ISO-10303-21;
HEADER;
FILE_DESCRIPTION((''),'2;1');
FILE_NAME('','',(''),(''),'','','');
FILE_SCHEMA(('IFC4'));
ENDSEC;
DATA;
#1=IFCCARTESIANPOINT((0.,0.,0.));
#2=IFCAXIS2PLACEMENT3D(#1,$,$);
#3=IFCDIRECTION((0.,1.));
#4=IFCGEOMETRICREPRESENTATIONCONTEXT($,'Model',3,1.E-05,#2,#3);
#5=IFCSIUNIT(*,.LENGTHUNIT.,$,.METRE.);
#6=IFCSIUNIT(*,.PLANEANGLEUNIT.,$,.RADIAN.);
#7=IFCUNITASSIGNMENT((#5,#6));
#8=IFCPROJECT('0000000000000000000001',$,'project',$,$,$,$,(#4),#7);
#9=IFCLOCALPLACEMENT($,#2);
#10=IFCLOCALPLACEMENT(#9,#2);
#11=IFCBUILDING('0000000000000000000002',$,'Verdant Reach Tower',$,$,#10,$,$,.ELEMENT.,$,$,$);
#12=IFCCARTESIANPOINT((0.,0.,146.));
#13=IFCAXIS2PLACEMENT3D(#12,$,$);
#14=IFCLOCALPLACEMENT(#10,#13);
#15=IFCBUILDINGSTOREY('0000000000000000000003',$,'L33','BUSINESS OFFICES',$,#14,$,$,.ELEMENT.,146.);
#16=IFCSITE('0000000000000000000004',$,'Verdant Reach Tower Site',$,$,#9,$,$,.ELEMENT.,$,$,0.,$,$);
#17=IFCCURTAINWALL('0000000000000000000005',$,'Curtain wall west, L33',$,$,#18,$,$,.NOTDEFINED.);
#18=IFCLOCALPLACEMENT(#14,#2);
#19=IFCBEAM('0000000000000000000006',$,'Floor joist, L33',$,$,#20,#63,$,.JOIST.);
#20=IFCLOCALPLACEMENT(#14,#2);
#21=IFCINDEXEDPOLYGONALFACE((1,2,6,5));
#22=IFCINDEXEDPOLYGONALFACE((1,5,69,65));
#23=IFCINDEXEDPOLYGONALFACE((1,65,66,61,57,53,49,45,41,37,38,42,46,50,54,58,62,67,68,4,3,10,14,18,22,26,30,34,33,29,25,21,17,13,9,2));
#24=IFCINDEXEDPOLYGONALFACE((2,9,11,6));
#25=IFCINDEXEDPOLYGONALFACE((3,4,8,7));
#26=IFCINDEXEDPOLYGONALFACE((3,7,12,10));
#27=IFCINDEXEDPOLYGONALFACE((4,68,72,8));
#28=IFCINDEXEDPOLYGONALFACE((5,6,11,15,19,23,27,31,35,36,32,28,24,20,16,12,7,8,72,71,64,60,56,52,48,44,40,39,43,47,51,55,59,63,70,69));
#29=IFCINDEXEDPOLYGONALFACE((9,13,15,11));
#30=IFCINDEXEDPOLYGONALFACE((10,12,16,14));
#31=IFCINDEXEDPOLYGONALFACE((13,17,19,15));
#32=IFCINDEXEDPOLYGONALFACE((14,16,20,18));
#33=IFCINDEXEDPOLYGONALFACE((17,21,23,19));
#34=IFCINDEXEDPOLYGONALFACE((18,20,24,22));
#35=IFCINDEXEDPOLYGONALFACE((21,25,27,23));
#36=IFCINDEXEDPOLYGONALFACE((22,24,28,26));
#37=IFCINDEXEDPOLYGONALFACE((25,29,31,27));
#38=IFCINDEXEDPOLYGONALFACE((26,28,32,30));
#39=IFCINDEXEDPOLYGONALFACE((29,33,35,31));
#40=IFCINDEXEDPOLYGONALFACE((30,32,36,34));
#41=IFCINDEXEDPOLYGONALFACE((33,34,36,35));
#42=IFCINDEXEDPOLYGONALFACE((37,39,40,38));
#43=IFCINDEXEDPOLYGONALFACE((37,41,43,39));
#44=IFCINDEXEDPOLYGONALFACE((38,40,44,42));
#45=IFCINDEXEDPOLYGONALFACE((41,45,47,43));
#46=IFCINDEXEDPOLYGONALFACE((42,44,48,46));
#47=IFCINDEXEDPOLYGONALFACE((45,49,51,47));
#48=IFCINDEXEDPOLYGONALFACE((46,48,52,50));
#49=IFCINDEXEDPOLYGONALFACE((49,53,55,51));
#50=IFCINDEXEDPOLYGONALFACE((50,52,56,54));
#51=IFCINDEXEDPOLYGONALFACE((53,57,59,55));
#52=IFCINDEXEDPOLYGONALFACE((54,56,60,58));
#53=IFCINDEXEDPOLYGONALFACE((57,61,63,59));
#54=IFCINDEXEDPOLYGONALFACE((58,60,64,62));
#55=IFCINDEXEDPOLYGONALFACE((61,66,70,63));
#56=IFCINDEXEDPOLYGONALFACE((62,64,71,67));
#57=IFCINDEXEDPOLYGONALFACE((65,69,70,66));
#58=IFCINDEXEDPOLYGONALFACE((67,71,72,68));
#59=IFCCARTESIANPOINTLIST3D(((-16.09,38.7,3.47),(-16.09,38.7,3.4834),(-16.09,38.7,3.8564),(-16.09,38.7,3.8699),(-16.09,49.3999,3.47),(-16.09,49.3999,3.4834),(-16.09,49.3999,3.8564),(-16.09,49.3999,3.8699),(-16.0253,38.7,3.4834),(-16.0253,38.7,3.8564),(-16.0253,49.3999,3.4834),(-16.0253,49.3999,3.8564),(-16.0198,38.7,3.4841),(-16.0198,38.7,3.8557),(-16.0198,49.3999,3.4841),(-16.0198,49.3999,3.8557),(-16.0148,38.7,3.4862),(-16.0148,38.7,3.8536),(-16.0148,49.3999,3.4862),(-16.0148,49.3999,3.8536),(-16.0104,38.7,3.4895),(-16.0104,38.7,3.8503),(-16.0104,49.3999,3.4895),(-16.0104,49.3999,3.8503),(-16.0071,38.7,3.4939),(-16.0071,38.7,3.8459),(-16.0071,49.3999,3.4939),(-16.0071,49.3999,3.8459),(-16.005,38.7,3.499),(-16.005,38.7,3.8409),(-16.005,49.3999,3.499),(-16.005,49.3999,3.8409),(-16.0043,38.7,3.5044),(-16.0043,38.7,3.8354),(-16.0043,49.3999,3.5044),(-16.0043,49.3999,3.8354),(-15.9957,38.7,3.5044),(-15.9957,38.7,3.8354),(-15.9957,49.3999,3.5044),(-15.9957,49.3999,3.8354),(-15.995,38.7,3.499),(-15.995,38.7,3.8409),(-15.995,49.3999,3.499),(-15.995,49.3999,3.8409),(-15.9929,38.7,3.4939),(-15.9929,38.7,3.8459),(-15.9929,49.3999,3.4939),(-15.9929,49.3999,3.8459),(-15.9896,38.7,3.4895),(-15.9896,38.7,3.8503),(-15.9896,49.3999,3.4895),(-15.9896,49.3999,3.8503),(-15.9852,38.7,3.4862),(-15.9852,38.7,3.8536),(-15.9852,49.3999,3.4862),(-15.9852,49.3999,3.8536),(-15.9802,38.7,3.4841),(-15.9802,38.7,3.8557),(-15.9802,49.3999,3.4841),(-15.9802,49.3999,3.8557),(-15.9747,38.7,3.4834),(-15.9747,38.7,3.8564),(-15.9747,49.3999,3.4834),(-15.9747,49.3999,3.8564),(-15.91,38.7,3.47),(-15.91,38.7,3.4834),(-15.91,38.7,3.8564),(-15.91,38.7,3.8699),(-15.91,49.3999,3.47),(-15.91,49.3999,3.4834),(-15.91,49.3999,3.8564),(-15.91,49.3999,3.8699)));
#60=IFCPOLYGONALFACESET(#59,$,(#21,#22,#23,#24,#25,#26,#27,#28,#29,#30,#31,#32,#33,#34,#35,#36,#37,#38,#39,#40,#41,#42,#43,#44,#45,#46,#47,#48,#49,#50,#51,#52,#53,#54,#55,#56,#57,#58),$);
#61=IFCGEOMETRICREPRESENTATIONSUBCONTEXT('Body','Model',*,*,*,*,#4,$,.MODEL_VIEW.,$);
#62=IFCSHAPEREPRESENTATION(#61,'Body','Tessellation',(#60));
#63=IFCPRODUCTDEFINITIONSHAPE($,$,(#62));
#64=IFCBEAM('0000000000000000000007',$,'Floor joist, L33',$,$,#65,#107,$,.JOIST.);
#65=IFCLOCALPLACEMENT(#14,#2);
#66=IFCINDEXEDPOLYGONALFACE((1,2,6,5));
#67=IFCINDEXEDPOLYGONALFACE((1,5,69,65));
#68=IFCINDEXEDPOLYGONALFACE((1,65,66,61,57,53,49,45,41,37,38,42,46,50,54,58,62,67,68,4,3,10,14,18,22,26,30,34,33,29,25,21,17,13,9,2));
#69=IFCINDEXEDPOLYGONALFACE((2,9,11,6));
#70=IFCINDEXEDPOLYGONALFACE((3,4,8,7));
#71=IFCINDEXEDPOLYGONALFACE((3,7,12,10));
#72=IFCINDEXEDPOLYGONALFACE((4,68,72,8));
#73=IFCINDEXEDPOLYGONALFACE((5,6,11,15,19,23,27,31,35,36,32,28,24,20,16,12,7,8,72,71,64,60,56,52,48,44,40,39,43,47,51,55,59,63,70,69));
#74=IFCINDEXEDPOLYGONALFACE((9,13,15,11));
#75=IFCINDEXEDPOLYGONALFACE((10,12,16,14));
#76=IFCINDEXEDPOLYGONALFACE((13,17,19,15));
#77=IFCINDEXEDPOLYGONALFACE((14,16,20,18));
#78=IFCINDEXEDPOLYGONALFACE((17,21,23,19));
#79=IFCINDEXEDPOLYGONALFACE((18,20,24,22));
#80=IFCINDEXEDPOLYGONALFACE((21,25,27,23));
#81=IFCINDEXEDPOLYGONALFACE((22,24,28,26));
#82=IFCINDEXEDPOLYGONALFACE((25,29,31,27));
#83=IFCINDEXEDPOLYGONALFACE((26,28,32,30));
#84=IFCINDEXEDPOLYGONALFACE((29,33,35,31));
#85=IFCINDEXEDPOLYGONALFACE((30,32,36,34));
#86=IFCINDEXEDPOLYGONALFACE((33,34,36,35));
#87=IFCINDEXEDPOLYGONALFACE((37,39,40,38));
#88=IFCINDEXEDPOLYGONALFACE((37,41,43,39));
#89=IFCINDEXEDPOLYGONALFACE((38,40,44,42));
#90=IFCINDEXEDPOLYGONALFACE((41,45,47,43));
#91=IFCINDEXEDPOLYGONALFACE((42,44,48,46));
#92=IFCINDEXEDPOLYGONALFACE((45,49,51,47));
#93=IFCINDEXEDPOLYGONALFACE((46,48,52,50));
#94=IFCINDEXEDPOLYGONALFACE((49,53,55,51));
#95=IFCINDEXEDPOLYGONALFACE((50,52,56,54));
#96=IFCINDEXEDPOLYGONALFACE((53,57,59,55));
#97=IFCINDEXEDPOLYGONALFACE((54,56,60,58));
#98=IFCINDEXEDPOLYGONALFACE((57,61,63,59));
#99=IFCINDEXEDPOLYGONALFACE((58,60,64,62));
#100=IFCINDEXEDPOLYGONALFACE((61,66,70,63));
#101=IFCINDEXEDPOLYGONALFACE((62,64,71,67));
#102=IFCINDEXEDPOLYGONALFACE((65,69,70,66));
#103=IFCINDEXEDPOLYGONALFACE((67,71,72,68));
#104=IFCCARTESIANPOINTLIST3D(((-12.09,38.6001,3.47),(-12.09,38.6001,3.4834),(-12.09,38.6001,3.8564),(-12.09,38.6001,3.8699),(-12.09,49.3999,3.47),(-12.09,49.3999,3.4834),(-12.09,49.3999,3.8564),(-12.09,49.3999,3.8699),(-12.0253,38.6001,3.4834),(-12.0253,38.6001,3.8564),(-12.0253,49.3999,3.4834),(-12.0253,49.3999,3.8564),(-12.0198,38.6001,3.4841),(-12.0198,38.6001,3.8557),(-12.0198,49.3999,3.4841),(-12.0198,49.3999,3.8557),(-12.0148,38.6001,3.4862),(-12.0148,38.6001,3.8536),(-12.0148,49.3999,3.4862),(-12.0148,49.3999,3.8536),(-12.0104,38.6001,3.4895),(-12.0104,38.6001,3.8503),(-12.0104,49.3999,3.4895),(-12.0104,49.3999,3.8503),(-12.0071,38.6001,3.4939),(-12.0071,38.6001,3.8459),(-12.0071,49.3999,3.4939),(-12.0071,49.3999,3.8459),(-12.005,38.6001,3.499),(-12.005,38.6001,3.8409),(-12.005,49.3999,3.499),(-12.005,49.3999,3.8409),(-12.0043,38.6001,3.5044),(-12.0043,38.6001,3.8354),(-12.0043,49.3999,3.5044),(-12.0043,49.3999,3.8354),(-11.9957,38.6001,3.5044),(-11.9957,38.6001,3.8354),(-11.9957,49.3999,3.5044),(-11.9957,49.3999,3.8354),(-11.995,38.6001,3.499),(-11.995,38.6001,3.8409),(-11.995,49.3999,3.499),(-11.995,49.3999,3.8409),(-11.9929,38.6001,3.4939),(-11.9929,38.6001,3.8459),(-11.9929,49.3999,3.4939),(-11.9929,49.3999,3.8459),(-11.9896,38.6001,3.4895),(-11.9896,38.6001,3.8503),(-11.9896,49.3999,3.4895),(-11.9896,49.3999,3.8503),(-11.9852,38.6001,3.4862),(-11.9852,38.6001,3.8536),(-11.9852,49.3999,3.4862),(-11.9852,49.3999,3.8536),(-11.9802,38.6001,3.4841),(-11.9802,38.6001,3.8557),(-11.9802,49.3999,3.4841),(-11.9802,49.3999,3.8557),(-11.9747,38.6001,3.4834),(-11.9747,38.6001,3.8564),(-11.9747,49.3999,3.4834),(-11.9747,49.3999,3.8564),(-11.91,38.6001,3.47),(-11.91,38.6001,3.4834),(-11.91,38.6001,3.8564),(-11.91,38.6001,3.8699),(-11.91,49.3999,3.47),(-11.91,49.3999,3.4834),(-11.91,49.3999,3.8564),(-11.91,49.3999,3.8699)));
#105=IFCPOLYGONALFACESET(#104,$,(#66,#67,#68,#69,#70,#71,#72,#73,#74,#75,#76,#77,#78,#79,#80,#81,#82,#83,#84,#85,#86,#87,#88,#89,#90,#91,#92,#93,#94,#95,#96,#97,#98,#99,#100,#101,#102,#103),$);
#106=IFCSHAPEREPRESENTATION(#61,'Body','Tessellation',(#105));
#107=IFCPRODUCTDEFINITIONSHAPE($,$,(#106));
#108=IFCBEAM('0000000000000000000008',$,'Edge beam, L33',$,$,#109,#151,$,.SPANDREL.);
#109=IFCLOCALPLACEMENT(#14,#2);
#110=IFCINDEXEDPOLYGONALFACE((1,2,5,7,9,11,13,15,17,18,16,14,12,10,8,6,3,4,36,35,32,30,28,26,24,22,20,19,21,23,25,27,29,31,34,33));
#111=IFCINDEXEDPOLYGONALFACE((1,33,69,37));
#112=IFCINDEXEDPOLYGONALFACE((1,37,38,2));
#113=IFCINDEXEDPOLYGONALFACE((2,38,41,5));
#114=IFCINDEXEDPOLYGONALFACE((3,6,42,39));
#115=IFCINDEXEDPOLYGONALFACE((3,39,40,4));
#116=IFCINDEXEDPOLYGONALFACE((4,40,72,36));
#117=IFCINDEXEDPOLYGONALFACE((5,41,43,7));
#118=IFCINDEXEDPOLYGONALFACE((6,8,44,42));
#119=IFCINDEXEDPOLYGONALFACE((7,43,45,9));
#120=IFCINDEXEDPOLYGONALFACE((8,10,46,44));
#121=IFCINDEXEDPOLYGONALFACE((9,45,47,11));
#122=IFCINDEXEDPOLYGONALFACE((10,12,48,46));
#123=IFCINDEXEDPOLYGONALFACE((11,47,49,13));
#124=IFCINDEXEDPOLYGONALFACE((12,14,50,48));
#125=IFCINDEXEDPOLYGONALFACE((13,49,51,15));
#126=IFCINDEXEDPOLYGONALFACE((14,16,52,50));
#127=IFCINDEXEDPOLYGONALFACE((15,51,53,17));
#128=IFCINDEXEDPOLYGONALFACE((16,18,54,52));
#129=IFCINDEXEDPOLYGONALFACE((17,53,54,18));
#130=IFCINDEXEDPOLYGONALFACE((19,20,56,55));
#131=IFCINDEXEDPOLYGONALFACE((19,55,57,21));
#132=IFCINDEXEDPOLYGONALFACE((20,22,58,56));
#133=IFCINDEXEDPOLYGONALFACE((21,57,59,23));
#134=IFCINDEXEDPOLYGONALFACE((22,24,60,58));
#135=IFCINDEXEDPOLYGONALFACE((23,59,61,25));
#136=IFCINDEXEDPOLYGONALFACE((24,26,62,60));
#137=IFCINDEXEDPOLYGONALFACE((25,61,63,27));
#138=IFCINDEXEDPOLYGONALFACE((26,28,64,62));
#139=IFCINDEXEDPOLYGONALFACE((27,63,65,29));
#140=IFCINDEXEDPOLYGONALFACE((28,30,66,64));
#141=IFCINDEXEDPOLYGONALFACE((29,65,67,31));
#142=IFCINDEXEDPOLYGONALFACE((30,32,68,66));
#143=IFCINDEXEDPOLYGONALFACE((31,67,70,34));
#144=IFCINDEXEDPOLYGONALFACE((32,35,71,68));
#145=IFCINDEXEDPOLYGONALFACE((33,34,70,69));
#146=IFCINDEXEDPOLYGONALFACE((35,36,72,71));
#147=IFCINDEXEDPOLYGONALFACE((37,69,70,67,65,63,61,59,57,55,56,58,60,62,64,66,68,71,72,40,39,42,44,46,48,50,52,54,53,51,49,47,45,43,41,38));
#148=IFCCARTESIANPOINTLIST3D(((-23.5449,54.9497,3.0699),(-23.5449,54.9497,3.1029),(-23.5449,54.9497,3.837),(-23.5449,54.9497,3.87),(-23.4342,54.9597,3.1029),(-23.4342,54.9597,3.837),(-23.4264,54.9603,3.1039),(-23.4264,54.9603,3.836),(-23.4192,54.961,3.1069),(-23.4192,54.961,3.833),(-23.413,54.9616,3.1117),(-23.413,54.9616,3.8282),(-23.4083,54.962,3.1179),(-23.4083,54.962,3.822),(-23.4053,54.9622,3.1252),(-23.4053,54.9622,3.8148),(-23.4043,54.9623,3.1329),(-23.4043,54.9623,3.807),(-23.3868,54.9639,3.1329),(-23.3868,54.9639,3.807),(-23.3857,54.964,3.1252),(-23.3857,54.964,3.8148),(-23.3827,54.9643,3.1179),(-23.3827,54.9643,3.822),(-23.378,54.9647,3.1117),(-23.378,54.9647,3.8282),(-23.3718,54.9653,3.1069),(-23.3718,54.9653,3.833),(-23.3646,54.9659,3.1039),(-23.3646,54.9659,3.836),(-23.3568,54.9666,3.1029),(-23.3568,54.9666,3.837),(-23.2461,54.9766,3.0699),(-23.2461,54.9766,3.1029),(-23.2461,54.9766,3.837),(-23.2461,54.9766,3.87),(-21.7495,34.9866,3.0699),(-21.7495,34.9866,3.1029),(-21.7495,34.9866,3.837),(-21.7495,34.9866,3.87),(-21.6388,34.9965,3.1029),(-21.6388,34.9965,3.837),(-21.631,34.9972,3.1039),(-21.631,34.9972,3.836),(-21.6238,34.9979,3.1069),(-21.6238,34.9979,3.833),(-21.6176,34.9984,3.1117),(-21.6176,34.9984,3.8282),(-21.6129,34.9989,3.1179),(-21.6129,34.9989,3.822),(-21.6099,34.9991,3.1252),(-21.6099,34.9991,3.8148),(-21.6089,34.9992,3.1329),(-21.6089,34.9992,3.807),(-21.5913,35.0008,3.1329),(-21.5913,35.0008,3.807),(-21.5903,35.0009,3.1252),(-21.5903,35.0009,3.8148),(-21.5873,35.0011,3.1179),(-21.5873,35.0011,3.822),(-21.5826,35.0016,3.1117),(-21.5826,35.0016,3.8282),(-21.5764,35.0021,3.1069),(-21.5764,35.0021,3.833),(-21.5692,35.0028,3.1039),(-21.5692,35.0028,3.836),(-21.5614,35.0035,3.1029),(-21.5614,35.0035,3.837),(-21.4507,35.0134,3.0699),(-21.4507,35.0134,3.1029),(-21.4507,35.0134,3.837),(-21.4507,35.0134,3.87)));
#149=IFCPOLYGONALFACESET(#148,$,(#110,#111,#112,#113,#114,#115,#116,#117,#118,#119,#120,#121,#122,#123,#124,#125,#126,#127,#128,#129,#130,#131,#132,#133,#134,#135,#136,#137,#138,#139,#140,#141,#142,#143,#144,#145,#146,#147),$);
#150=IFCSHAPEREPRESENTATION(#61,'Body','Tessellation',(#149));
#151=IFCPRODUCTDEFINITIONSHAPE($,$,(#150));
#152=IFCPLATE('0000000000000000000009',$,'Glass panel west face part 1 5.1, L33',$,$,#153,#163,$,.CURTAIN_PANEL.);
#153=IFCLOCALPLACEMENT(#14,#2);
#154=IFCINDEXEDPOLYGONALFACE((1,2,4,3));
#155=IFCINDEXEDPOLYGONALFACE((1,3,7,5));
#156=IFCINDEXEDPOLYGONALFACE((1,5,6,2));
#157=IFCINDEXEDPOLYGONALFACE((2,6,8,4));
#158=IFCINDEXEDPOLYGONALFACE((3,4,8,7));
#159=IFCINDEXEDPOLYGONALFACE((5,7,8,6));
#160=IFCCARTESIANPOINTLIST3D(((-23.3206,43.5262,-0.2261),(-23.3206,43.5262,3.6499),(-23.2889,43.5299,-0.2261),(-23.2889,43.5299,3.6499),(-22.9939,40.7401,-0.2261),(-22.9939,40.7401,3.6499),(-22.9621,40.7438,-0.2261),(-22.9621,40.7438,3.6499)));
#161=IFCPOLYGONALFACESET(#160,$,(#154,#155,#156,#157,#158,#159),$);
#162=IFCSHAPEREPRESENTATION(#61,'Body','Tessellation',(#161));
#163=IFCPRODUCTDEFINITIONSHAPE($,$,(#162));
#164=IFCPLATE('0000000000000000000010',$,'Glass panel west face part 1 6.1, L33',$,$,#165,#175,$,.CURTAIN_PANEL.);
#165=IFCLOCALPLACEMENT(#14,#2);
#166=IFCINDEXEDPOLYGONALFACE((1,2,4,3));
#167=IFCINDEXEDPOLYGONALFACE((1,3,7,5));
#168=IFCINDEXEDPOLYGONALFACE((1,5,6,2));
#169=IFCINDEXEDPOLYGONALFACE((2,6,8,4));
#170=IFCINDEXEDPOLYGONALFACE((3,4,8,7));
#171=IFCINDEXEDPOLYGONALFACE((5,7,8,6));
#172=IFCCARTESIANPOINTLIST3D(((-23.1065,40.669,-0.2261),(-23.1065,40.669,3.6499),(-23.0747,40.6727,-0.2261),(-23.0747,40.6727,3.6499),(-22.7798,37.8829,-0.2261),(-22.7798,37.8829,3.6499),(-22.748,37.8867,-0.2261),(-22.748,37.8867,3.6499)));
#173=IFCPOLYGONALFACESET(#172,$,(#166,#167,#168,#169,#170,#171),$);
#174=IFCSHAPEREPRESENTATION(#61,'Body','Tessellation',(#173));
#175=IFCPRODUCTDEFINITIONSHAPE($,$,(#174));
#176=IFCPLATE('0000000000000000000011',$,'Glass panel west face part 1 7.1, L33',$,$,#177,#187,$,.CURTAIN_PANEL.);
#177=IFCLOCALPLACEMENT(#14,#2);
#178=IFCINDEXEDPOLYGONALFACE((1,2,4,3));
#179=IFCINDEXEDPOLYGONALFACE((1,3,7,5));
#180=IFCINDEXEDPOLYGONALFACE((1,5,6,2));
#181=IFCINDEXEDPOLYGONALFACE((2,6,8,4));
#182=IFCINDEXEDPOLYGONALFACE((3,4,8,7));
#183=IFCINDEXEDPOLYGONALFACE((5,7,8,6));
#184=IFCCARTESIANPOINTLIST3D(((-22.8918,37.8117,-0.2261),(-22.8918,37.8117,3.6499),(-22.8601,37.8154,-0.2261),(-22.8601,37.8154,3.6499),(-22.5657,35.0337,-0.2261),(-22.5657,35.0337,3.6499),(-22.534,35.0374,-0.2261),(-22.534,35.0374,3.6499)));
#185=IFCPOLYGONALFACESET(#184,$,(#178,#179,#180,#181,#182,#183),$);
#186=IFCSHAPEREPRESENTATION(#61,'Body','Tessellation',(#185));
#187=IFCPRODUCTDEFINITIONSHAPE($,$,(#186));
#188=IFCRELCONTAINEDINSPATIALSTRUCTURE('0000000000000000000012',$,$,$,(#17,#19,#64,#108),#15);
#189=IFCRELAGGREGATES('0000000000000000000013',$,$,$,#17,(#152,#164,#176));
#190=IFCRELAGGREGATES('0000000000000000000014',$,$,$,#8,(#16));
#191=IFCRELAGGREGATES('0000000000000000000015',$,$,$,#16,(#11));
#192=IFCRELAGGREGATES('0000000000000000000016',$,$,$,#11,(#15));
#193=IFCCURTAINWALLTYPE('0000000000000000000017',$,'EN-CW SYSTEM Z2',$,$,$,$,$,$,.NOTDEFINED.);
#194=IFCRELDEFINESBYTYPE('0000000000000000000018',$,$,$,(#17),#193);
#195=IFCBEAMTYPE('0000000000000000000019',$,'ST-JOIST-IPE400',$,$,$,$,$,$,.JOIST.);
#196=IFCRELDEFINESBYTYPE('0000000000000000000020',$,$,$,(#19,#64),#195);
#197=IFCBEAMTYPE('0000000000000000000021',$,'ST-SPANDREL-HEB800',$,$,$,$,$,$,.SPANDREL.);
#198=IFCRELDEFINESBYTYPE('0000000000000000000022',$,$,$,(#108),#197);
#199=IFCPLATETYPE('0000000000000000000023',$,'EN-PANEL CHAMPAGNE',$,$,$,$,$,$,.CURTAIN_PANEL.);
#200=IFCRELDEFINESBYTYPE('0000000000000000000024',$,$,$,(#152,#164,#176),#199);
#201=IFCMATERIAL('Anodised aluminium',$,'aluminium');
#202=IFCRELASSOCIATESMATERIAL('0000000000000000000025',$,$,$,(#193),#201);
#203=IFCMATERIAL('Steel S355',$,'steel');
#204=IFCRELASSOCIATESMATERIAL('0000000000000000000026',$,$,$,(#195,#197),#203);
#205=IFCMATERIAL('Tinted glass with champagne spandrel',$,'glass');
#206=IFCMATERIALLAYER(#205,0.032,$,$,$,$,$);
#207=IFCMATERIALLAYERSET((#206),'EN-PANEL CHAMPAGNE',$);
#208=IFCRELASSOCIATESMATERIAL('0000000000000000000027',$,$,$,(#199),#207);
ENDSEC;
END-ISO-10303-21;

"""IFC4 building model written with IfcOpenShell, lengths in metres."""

from ifc_helpers import new_model, si_unit, direction, frame, origin, origin_2d, place, context, subcontext, project, spatial, rectangle, i_section, extrude, material, layer, layer_set, material_profile, profile_set, type_object, element, aggregate, save


model = new_model("IFC4")

# Units and contexts
model_context = context("Model", 3, precision=1e-05, world=origin(), true_north=direction((0.0, 1.0)))
body_context = subcontext(model_context, "Body", "Model", "MODEL_VIEW")
ifc_project = project(units=[si_unit("LENGTHUNIT", "METRE"), si_unit("PLANEANGLEUNIT", "RADIAN")], contexts=[model_context])

# Site, building, storey
site_placement = place(None, origin())
site = spatial("IfcSite", under=ifc_project, at=site_placement, Name="Verdant Reach Tower Site", CompositionType="ELEMENT", RefElevation=0.0)
building_placement = place(site_placement, origin())
building = spatial("IfcBuilding", under=site, at=building_placement, Name="Verdant Reach Tower", CompositionType="ELEMENT")
storey_placement = place(building_placement, frame((0.0, 0.0, 146.0)))
storey = spatial("IfcBuildingStorey", under=building, at=storey_placement, Name="L33", Description="BUSINESS OFFICES", CompositionType="ELEMENT", Elevation=146.0)

# Curtain wall
ifc_material_1 = material(Name="Anodised aluminium", Category="aluminium")
curtain_wall_type = type_object("IfcCurtainWallType", Name="EN-CW SYSTEM Z2", PredefinedType="NOTDEFINED", material=ifc_material_1)
curtain_wall_placement = place(storey_placement, origin())
curtain_wall = element("IfcCurtainWall", 1, at=curtain_wall_placement, inside=storey, type_object=curtain_wall_type, Name="Curtain wall west, L33", PredefinedType="NOTDEFINED")

# Beams
ifc_material_2 = material(Name="Steel S355", Category="steel")
ifc_material_profile_1 = material_profile(ifc_material_2, i_section(OverallWidth=0.1799, OverallDepth=0.3999, WebThickness=0.0085, FlangeThickness=0.0134, FilletRadius=0.021, at=origin_2d()), Name="IPE 400")
ifc_profile_set_1 = profile_set([ifc_material_profile_1], Name="Steel S355")
beam_type_1 = type_object("IfcBeamType", Name="ST-JOIST-IPE400", PredefinedType="JOIST", material=ifc_profile_set_1)
for number, where, z_axis, x_axis, name in (
    (2, (-16.0, 38.7, 3.6699), (0.0, 1.0, 0.0), (-1.0, 0.0, 0.0), "Floor joist, L33"),
):
    element("IfcBeam", number, at=place(storey_placement, frame(where, z_axis=z_axis, x_axis=x_axis)), inside=storey, type_object=beam_type_1, Name=name, PredefinedType="JOIST", context=body_context, shape_type="SweptSolid", body=[
        extrude(i_section(OverallWidth=0.1799, OverallDepth=0.3999, WebThickness=0.0085, FlangeThickness=0.0134, FilletRadius=0.021, at=origin_2d()), origin(), (0.0, 0.0, 1.0), 10.7),
    ])
beam_1_placement = place(storey_placement, frame((-12.0, 38.6001, 3.6699), z_axis=(0.0, 1.0, 0.0), x_axis=(-1.0, 0.0, 0.0)))
element("IfcBeam", 3, at=beam_1_placement, inside=storey, type_object=beam_type_1, Name="Floor joist, L33", PredefinedType="JOIST", context=body_context, shape_type="SweptSolid", body=[
    extrude(i_section(OverallWidth=0.1799, OverallDepth=0.3999, WebThickness=0.0085, FlangeThickness=0.0134, FilletRadius=0.021, at=origin_2d()), origin(), (0.0, 0.0, 1.0), 10.7998),
])
ifc_material_profile_2 = material_profile(ifc_material_2, i_section(OverallWidth=0.3, OverallDepth=0.8, WebThickness=0.0176, FlangeThickness=0.033, FilletRadius=0.03, at=origin_2d()), Name="HEB 800")
ifc_profile_set_2 = profile_set([ifc_material_profile_2], Name="Steel S355")
beam_type_2 = type_object("IfcBeamType", Name="ST-SPANDREL-HEB800", PredefinedType="SPANDREL", material=ifc_profile_set_2)
beam_2_placement = place(storey_placement, frame((-21.6001, 35.0, 3.47), z_axis=(-0.089575, 0.99598, 0.0), x_axis=(-0.99598, -0.089575, 0.0)))
element("IfcBeam", 4, at=beam_2_placement, inside=storey, type_object=beam_type_2, Name="Edge beam, L33", PredefinedType="SPANDREL", context=body_context, shape_type="SweptSolid", body=[
    extrude(i_section(OverallWidth=0.3, OverallDepth=0.8, WebThickness=0.0176, FlangeThickness=0.033, FilletRadius=0.03, at=origin_2d()), origin(), (0.0, 0.0, 1.0), 20.0437),
])

# Plates
ifc_material_3 = material(Name="Tinted glass with champagne spandrel", Category="glass")
ifc_layer_1 = layer(ifc_material_3, 0.032)
ifc_layer_set_1 = layer_set([ifc_layer_1], Name="EN-PANEL CHAMPAGNE")
plate_type_1 = type_object("IfcPlateType", Name="EN-PANEL CHAMPAGNE", PredefinedType="CURTAIN_PANEL", material=ifc_layer_set_1)
plate_1_placement = place(storey_placement, frame((-23.1414, 42.135, -0.2261), z_axis=(0.0, 0.0, 1.0), x_axis=(0.116483, -0.993193, 0.0)))
plate_1 = element("IfcPlate", 5, at=plate_1_placement, type_object=plate_type_1, Name="Glass panel west face part 1 5.1, L33", PredefinedType="CURTAIN_PANEL", context=body_context, shape_type="SweptSolid", body=[
    extrude(rectangle(XDim=2.8052, YDim=0.032, at=origin_2d()), origin(), (0.0, 0.0, 1.0), 3.876),
])
plate_2_placement = place(storey_placement, frame((-22.9272, 39.2778, -0.2261), z_axis=(0.0, 0.0, 1.0), x_axis=(0.116483, -0.993193, 0.0)))
plate_2 = element("IfcPlate", 6, at=plate_2_placement, type_object=plate_type_1, Name="Glass panel west face part 1 6.1, L33", PredefinedType="CURTAIN_PANEL", context=body_context, shape_type="SweptSolid", body=[
    extrude(rectangle(XDim=2.8052, YDim=0.032, at=origin_2d()), origin(), (0.0, 0.0, 1.0), 3.876),
])
plate_3_placement = place(storey_placement, frame((-22.7129, 36.4246, -0.2261), z_axis=(0.0, 0.0, 1.0), x_axis=(0.116586, -0.993181, 0.0)))
plate_3 = element("IfcPlate", 7, at=plate_3_placement, type_object=plate_type_1, Name="Glass panel west face part 1 7.1, L33", PredefinedType="CURTAIN_PANEL", context=body_context, shape_type="SweptSolid", body=[
    extrude(rectangle(XDim=2.7971, YDim=0.032, at=origin_2d()), origin(), (0.0, 0.0, 1.0), 3.876),
])
aggregate(curtain_wall, [plate_1, plate_2, plate_3])

save(model, "model.ifc")
